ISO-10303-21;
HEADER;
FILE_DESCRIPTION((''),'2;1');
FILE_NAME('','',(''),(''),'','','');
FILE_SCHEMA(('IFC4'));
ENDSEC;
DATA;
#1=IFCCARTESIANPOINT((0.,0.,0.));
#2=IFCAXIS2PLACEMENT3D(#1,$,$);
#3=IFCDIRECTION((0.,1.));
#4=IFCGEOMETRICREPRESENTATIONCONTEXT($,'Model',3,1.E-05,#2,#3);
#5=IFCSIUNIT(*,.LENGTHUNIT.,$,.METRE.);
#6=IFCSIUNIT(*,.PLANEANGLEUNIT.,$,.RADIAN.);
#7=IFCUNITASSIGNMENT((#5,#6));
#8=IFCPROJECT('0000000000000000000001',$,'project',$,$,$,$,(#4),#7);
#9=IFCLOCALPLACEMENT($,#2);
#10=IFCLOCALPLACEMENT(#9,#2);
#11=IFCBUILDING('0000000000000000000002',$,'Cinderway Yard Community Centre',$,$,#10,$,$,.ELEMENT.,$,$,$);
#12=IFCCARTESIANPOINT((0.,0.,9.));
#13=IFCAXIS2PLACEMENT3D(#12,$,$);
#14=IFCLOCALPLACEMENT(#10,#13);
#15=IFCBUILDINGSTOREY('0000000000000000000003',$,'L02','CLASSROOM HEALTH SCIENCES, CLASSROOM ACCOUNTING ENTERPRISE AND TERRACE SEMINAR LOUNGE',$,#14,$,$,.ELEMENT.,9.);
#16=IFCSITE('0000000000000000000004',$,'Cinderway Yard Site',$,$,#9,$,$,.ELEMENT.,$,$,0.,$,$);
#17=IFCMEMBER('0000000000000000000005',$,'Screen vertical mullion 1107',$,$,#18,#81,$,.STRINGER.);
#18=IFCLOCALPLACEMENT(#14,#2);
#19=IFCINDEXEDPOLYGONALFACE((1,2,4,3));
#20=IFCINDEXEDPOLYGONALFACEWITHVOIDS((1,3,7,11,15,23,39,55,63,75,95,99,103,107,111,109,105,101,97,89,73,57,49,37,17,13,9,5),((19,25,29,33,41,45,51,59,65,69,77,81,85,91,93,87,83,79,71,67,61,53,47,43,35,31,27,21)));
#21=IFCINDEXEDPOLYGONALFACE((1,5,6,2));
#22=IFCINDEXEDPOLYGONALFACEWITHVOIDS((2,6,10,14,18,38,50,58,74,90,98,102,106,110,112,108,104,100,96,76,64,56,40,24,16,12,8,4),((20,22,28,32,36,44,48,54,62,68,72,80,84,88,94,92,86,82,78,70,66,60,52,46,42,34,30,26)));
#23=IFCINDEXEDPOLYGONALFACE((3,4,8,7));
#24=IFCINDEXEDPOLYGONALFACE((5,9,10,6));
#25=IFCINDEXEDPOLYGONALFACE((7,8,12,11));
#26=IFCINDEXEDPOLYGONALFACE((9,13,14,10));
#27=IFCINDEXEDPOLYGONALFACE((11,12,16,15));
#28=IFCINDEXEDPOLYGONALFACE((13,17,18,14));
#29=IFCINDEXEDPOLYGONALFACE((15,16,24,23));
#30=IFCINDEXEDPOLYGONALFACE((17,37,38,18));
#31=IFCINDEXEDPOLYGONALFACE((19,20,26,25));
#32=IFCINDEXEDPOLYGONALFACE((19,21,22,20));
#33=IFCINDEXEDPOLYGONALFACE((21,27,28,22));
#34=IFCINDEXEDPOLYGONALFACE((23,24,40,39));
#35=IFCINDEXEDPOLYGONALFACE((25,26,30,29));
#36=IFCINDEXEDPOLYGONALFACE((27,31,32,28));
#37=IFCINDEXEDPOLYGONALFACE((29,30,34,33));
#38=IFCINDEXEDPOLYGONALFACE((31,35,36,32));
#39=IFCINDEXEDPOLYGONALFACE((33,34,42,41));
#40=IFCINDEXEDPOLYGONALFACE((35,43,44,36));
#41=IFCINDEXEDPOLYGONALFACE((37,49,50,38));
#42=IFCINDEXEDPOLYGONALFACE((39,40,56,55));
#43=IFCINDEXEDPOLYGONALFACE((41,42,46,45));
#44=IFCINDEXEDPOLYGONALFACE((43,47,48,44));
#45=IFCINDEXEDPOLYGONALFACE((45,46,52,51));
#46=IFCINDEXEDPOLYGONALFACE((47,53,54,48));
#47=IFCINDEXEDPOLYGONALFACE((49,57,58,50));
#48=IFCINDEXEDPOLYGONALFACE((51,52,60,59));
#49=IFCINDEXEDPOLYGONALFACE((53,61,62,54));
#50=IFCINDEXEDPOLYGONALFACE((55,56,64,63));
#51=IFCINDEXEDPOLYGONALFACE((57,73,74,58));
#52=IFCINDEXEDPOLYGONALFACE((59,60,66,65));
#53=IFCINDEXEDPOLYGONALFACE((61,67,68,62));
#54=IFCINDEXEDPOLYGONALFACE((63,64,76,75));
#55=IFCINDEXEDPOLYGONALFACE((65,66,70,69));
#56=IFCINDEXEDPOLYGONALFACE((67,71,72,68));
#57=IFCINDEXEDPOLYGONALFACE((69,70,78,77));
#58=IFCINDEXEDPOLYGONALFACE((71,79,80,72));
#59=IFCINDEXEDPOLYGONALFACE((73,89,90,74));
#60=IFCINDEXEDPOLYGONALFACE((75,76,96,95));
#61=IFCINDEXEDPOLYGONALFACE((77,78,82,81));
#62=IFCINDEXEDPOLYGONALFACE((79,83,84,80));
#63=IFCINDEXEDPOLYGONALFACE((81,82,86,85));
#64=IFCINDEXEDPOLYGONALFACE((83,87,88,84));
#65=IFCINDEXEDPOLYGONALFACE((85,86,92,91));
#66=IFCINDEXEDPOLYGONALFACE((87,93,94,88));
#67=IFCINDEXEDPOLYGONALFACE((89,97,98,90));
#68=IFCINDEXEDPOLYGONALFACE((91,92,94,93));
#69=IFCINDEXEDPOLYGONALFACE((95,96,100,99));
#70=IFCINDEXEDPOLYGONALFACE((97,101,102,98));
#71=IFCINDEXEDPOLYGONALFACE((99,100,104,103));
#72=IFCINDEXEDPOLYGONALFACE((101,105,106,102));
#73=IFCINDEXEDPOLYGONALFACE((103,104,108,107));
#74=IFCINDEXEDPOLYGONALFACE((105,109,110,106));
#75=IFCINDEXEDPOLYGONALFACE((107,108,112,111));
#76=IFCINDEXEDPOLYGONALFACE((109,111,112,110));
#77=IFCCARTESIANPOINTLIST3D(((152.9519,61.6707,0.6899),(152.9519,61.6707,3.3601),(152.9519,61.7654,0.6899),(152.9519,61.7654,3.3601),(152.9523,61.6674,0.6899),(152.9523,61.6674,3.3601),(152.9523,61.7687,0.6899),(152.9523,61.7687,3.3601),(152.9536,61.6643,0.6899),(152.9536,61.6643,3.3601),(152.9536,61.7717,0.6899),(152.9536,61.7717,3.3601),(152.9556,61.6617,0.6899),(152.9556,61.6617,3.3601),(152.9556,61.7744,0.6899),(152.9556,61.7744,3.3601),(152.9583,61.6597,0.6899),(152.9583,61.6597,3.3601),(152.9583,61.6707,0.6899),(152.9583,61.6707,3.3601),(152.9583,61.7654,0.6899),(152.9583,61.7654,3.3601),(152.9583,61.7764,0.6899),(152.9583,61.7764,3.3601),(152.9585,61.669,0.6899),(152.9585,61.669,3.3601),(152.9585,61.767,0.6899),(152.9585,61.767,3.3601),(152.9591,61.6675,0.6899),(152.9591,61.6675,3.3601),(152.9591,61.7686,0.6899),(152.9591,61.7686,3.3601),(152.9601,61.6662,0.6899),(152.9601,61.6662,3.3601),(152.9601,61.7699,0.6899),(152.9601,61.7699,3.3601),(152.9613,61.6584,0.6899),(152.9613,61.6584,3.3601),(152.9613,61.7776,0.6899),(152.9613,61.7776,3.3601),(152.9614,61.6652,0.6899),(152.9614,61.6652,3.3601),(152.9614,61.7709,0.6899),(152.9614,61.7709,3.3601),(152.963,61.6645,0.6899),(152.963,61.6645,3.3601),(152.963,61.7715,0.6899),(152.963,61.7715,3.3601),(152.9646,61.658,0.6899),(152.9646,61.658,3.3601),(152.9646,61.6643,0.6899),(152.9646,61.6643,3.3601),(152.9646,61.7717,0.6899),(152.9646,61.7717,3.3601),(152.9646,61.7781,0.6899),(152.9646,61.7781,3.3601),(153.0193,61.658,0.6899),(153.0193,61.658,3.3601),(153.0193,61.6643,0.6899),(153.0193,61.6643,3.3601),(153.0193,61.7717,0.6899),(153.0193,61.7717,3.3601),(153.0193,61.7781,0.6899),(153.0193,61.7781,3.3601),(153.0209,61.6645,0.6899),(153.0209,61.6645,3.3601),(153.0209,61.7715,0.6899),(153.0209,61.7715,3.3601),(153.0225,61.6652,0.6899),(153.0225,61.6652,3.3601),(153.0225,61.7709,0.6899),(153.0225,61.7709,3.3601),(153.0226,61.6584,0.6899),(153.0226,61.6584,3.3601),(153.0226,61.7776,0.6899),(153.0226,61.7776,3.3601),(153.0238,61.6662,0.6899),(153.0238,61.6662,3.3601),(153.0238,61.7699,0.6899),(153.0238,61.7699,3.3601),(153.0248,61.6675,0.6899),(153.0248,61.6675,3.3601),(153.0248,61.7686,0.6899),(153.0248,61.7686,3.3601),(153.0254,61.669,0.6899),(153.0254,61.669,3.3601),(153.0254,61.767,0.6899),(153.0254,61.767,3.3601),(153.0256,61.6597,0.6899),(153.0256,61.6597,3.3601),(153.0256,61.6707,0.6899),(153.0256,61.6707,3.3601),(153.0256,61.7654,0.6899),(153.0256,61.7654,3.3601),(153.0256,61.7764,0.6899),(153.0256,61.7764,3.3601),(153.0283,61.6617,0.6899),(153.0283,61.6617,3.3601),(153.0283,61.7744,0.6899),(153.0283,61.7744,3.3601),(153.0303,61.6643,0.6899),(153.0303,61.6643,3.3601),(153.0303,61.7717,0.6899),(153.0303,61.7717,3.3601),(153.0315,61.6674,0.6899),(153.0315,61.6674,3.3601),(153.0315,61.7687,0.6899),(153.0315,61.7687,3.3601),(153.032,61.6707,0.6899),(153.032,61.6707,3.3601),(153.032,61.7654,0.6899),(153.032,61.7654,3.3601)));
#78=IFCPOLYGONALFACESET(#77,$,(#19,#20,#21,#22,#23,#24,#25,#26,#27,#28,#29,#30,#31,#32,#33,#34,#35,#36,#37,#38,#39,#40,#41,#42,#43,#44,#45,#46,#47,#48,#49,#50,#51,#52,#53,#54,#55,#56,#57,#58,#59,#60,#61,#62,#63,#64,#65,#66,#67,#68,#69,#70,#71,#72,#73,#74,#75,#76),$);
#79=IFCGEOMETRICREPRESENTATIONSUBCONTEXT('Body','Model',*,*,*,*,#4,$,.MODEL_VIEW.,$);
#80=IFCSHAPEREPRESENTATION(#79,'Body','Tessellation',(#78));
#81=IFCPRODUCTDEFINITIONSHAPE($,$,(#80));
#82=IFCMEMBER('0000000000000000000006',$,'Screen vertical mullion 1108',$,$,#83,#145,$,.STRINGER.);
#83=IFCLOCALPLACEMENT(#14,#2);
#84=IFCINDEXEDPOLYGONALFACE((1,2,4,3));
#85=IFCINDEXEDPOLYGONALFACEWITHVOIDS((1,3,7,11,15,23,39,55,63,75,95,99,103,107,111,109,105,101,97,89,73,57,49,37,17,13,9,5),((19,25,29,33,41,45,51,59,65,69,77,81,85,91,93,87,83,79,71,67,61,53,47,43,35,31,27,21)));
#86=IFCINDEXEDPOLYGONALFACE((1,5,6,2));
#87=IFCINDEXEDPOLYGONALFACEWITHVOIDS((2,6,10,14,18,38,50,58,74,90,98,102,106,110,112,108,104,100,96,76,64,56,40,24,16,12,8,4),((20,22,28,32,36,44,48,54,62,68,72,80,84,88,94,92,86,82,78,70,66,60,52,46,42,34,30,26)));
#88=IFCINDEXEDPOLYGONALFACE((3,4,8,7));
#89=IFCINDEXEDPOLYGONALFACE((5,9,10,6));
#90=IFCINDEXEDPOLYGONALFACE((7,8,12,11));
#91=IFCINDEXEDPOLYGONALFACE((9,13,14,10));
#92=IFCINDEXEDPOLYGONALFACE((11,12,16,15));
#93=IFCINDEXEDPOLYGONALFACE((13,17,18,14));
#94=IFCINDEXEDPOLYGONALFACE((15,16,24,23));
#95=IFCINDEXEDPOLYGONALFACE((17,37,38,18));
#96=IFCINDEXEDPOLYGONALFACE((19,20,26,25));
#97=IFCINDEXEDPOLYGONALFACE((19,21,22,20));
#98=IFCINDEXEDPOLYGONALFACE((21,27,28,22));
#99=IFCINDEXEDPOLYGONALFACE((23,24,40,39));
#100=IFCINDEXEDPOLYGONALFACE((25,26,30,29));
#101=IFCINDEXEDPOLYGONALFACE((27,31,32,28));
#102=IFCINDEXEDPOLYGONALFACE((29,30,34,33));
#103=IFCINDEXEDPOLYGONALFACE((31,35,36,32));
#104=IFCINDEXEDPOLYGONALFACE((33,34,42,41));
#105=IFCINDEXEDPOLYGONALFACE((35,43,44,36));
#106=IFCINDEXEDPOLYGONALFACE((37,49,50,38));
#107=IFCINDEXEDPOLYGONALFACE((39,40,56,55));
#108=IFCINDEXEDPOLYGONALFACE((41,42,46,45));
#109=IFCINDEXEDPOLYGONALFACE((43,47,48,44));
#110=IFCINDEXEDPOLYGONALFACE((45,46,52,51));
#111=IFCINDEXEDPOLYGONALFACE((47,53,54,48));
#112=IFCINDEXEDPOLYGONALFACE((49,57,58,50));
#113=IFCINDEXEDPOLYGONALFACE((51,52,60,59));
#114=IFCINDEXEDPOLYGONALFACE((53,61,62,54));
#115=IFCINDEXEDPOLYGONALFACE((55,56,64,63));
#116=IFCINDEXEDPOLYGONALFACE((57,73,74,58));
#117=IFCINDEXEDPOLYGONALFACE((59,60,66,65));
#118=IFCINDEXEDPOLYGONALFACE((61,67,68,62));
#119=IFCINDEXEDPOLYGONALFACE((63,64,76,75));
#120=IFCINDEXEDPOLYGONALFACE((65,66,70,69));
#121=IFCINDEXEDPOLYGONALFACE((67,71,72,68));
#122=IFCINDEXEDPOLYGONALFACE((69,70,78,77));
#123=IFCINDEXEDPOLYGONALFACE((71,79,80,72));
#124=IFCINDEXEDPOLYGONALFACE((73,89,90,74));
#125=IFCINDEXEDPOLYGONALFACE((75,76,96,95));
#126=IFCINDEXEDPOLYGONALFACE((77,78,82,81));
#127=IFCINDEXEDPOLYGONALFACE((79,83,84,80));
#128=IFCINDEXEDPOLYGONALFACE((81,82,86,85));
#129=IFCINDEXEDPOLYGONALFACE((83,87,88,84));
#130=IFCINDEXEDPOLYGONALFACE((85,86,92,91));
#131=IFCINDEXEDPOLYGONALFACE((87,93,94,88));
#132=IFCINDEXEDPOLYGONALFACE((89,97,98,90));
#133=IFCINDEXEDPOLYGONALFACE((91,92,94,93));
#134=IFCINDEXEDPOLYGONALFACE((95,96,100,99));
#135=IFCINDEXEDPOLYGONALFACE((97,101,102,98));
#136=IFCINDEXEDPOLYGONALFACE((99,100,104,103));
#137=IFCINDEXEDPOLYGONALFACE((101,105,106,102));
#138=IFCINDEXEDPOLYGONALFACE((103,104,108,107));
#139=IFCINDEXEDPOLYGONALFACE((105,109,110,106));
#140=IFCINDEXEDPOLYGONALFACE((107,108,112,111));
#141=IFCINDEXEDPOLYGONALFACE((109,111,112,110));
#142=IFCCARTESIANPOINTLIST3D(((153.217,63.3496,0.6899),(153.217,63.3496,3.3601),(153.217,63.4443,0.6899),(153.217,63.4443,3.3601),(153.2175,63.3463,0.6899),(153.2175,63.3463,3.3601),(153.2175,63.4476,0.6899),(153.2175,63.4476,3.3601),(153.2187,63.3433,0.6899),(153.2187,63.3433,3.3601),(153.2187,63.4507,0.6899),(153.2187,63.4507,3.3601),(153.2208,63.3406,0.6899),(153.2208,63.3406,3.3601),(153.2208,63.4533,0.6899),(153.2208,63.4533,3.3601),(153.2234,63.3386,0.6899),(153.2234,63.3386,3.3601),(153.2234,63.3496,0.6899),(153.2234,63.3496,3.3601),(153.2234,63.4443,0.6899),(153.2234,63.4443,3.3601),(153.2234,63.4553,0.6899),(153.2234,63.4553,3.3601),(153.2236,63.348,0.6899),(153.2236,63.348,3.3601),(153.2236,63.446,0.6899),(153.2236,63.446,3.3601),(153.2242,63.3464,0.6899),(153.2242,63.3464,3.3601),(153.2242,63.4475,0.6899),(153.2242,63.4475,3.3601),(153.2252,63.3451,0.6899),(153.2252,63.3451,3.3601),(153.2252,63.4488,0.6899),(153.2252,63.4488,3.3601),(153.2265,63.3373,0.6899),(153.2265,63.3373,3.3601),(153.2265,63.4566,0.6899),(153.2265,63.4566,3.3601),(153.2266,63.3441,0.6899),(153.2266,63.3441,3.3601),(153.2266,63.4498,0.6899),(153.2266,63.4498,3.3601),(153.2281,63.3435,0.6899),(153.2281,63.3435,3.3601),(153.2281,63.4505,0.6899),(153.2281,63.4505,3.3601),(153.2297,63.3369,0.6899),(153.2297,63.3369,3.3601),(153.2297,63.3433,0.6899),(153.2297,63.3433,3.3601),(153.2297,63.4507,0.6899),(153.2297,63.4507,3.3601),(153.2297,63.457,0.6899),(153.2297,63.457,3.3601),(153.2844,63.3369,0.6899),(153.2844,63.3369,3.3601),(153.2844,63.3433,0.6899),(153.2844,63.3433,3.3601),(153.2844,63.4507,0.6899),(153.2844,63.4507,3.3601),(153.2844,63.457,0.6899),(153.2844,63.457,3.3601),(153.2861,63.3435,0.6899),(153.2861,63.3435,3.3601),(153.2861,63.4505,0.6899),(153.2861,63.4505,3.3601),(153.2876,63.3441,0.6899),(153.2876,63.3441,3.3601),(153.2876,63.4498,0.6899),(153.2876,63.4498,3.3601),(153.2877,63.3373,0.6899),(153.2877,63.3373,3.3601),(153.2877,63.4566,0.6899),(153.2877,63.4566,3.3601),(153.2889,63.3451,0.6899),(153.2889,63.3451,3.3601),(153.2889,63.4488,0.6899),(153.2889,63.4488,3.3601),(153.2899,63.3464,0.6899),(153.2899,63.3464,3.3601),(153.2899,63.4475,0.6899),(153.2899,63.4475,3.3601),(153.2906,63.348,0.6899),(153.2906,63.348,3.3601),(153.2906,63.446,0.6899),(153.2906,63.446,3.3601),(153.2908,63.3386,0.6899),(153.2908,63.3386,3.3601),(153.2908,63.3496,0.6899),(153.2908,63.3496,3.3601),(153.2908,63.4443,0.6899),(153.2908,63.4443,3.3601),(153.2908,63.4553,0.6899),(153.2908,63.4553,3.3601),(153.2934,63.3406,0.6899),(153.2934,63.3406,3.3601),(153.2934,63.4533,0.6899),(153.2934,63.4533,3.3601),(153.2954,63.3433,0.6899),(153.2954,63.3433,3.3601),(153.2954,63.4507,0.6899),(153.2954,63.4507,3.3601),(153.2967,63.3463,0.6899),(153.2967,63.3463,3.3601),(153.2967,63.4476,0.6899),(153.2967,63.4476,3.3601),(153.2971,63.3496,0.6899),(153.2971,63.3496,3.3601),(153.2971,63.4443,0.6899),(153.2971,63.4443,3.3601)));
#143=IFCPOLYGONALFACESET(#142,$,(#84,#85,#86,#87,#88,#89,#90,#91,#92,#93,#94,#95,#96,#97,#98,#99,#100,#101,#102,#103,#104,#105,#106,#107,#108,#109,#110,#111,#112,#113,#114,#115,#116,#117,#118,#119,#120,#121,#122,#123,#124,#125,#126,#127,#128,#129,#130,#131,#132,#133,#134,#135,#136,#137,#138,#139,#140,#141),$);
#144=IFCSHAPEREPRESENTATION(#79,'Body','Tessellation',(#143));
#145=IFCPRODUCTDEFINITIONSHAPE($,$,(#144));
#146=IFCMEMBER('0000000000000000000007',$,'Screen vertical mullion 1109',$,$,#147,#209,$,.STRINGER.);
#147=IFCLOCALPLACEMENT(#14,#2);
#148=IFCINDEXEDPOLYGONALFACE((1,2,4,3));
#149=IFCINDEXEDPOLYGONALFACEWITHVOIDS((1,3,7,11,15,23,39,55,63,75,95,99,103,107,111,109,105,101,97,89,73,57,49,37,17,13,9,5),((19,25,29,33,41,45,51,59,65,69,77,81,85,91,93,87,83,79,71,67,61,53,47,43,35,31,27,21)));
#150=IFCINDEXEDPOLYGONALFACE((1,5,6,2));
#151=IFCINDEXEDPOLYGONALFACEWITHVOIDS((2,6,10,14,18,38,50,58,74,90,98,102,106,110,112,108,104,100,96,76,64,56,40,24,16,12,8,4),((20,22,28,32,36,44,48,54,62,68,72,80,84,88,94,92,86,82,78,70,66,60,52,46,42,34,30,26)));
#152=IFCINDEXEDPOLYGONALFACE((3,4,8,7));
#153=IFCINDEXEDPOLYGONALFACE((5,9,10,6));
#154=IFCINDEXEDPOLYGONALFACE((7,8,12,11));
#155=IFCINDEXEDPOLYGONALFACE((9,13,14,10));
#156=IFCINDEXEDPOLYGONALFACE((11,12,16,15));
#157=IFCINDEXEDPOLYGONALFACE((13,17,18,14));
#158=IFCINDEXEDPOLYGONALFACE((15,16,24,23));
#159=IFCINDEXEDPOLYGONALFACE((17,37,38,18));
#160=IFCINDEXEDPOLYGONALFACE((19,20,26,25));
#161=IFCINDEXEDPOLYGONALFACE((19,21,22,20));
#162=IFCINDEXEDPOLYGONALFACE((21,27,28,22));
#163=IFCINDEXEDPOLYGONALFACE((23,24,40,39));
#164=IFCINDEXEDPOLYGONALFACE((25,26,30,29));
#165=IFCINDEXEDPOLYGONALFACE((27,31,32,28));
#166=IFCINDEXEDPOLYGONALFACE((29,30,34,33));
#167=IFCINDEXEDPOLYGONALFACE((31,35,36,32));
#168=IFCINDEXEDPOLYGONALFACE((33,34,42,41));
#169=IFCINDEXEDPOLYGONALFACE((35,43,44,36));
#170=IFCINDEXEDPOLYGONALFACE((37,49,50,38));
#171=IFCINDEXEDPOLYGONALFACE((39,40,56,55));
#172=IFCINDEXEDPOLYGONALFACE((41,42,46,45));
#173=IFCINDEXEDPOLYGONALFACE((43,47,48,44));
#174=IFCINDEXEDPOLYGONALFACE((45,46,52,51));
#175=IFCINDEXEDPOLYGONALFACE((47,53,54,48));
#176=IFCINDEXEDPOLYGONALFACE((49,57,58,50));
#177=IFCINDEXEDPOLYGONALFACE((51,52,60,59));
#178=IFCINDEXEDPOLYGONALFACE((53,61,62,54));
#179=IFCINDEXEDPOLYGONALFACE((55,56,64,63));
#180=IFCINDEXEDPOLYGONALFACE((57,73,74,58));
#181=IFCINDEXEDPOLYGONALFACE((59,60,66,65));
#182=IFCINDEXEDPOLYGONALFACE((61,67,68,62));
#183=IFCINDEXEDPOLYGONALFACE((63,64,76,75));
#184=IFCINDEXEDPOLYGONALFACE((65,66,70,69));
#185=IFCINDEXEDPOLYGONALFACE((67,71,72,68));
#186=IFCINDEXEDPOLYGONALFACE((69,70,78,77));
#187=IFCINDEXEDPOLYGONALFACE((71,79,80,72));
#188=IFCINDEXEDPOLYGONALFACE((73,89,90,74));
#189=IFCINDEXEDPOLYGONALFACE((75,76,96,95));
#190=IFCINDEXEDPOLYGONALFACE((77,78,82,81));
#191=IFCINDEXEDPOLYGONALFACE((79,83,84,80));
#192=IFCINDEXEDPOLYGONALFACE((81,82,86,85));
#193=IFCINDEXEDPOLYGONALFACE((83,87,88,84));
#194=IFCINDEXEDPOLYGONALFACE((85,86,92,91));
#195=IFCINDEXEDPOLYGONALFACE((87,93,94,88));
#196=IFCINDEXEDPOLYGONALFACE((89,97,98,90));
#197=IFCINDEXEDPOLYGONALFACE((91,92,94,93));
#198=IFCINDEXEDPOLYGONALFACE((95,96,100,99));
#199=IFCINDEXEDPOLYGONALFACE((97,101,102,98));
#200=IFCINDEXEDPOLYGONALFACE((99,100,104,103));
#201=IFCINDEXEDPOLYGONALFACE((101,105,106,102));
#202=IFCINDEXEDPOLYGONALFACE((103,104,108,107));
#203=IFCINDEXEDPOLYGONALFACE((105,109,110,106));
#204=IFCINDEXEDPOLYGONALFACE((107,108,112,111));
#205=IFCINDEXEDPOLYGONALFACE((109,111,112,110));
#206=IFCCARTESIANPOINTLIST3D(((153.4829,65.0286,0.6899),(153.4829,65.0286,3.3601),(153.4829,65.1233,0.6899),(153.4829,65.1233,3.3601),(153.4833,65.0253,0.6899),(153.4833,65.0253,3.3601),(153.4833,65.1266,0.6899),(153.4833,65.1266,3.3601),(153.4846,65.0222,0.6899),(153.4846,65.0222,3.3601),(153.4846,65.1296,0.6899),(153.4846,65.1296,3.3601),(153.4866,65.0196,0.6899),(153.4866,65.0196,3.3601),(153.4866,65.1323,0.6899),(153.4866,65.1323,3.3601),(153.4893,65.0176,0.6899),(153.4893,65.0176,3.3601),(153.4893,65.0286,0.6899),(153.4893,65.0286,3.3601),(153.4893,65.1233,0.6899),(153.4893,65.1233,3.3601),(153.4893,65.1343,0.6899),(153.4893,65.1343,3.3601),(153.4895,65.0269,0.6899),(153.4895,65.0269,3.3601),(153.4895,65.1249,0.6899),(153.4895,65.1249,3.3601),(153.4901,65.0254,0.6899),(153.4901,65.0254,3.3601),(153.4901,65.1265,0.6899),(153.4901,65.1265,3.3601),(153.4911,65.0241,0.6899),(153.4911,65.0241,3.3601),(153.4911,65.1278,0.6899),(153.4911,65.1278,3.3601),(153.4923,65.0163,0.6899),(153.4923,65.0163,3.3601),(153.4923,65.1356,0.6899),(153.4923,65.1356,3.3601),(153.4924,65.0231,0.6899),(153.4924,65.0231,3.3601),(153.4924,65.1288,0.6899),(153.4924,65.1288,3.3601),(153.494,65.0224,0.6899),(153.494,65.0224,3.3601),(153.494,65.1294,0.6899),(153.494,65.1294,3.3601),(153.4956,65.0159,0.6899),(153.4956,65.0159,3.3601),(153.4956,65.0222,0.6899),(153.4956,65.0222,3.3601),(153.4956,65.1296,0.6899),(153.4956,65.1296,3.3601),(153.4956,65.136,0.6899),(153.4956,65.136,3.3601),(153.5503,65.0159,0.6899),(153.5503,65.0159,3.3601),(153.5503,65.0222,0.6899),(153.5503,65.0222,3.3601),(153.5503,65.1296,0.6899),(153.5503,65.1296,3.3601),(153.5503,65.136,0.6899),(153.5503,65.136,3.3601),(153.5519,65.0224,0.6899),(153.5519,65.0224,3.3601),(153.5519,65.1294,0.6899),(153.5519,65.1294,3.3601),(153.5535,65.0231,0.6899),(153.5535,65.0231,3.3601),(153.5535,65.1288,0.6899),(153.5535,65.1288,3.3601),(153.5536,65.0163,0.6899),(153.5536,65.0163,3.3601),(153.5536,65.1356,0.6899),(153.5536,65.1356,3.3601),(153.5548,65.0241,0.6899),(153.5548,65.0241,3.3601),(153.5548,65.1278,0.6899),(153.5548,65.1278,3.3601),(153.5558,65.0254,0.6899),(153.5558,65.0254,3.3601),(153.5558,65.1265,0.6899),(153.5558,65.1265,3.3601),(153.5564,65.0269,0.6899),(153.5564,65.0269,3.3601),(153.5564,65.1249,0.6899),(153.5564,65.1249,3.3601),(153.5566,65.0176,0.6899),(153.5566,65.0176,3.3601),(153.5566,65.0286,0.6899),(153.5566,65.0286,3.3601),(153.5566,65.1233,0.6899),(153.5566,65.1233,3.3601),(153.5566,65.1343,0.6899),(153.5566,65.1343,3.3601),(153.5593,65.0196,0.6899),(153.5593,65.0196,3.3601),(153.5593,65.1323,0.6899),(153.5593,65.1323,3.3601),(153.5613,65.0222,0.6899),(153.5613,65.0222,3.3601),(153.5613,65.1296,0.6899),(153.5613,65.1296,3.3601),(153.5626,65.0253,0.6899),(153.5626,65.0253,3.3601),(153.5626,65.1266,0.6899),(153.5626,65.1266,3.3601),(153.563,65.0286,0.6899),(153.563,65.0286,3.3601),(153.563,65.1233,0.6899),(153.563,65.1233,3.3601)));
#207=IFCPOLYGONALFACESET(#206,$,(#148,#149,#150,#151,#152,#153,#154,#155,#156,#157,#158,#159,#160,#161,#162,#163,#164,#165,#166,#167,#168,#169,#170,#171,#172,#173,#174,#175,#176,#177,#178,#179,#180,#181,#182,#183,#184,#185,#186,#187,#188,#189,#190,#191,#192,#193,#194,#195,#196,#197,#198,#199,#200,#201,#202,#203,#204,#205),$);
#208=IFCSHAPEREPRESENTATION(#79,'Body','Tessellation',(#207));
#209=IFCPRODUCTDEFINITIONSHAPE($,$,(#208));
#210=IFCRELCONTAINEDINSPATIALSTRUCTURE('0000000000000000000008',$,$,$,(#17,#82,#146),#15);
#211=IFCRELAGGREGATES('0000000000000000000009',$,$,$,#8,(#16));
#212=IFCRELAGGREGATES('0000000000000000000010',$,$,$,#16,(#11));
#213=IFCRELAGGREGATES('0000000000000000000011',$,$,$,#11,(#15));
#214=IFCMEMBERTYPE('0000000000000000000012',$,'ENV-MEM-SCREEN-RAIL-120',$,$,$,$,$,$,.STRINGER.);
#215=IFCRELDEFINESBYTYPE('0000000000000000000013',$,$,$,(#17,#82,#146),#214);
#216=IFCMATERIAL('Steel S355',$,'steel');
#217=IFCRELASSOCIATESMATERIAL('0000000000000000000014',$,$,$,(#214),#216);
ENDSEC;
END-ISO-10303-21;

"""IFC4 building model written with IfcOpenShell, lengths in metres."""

from ifc_helpers import new_model, si_unit, direction, frame, origin, origin_2d, place, context, subcontext, project, spatial, hollow_rectangle, extrude, material, material_profile, profile_set, type_object, element, save


model = new_model("IFC4")

# Units and contexts
model_context = context("Model", 3, precision=1e-05, world=origin(), true_north=direction((0.0, 1.0)))
body_context = subcontext(model_context, "Body", "Model", "MODEL_VIEW")
ifc_project = project(units=[si_unit("LENGTHUNIT", "METRE"), si_unit("PLANEANGLEUNIT", "RADIAN")], contexts=[model_context])

# Site, building, storey
site_placement = place(None, origin())
site = spatial("IfcSite", under=ifc_project, at=site_placement, Name="Cinderway Yard Site", CompositionType="ELEMENT", RefElevation=0.0)
building_placement = place(site_placement, origin())
building = spatial("IfcBuilding", under=site, at=building_placement, Name="Cinderway Yard Community Centre", CompositionType="ELEMENT")
storey_placement = place(building_placement, frame((0.0, 0.0, 9.0)))
storey = spatial("IfcBuildingStorey", under=building, at=storey_placement, Name="L02", Description="CLASSROOM HEALTH SCIENCES, CLASSROOM ACCOUNTING ENTERPRISE AND TERRACE SEMINAR LOUNGE", CompositionType="ELEMENT", Elevation=9.0)

# Members
ifc_material_1 = material(Name="Steel S355", Category="steel")
ifc_material_profile_1 = material_profile(ifc_material_1, hollow_rectangle(XDim=0.0801, YDim=0.1201, WallThickness=0.0063, InnerFilletRadius=0.0063, OuterFilletRadius=0.0127, at=origin_2d()), Name="Steel S355")
ifc_profile_set_1 = profile_set([ifc_material_profile_1], Name="Steel S355")
member_type_1 = type_object("IfcMemberType", Name="ENV-MEM-SCREEN-RAIL-120", PredefinedType="STRINGER", material=ifc_profile_set_1)
for number, where, z_axis, x_axis, name in (
    (1, (152.9919, 61.718, 0.6899), (0.0, 0.0, 1.0), (1.0, 0.0, 0.0), "Screen vertical mullion 1107"),
    (2, (153.2571, 63.397, 0.6899), (0.0, 0.0, 1.0), (1.0, 0.0, 0.0), "Screen vertical mullion 1108"),
    (3, (153.5229, 65.0759, 0.6899), (0.0, 0.0, 1.0), (1.0, 0.0, 0.0), "Screen vertical mullion 1109"),
):
    element("IfcMember", number, at=place(storey_placement, frame(where, z_axis=z_axis, x_axis=x_axis)), inside=storey, type_object=member_type_1, Name=name, PredefinedType="STRINGER", context=body_context, shape_type="SweptSolid", body=[
        extrude(hollow_rectangle(XDim=0.0801, YDim=0.1201, WallThickness=0.0063, InnerFilletRadius=0.0063, OuterFilletRadius=0.0127, at=origin_2d()), origin(), (0.0, 0.0, 1.0), 2.6702),
    ])

save(model, "model.ifc")
